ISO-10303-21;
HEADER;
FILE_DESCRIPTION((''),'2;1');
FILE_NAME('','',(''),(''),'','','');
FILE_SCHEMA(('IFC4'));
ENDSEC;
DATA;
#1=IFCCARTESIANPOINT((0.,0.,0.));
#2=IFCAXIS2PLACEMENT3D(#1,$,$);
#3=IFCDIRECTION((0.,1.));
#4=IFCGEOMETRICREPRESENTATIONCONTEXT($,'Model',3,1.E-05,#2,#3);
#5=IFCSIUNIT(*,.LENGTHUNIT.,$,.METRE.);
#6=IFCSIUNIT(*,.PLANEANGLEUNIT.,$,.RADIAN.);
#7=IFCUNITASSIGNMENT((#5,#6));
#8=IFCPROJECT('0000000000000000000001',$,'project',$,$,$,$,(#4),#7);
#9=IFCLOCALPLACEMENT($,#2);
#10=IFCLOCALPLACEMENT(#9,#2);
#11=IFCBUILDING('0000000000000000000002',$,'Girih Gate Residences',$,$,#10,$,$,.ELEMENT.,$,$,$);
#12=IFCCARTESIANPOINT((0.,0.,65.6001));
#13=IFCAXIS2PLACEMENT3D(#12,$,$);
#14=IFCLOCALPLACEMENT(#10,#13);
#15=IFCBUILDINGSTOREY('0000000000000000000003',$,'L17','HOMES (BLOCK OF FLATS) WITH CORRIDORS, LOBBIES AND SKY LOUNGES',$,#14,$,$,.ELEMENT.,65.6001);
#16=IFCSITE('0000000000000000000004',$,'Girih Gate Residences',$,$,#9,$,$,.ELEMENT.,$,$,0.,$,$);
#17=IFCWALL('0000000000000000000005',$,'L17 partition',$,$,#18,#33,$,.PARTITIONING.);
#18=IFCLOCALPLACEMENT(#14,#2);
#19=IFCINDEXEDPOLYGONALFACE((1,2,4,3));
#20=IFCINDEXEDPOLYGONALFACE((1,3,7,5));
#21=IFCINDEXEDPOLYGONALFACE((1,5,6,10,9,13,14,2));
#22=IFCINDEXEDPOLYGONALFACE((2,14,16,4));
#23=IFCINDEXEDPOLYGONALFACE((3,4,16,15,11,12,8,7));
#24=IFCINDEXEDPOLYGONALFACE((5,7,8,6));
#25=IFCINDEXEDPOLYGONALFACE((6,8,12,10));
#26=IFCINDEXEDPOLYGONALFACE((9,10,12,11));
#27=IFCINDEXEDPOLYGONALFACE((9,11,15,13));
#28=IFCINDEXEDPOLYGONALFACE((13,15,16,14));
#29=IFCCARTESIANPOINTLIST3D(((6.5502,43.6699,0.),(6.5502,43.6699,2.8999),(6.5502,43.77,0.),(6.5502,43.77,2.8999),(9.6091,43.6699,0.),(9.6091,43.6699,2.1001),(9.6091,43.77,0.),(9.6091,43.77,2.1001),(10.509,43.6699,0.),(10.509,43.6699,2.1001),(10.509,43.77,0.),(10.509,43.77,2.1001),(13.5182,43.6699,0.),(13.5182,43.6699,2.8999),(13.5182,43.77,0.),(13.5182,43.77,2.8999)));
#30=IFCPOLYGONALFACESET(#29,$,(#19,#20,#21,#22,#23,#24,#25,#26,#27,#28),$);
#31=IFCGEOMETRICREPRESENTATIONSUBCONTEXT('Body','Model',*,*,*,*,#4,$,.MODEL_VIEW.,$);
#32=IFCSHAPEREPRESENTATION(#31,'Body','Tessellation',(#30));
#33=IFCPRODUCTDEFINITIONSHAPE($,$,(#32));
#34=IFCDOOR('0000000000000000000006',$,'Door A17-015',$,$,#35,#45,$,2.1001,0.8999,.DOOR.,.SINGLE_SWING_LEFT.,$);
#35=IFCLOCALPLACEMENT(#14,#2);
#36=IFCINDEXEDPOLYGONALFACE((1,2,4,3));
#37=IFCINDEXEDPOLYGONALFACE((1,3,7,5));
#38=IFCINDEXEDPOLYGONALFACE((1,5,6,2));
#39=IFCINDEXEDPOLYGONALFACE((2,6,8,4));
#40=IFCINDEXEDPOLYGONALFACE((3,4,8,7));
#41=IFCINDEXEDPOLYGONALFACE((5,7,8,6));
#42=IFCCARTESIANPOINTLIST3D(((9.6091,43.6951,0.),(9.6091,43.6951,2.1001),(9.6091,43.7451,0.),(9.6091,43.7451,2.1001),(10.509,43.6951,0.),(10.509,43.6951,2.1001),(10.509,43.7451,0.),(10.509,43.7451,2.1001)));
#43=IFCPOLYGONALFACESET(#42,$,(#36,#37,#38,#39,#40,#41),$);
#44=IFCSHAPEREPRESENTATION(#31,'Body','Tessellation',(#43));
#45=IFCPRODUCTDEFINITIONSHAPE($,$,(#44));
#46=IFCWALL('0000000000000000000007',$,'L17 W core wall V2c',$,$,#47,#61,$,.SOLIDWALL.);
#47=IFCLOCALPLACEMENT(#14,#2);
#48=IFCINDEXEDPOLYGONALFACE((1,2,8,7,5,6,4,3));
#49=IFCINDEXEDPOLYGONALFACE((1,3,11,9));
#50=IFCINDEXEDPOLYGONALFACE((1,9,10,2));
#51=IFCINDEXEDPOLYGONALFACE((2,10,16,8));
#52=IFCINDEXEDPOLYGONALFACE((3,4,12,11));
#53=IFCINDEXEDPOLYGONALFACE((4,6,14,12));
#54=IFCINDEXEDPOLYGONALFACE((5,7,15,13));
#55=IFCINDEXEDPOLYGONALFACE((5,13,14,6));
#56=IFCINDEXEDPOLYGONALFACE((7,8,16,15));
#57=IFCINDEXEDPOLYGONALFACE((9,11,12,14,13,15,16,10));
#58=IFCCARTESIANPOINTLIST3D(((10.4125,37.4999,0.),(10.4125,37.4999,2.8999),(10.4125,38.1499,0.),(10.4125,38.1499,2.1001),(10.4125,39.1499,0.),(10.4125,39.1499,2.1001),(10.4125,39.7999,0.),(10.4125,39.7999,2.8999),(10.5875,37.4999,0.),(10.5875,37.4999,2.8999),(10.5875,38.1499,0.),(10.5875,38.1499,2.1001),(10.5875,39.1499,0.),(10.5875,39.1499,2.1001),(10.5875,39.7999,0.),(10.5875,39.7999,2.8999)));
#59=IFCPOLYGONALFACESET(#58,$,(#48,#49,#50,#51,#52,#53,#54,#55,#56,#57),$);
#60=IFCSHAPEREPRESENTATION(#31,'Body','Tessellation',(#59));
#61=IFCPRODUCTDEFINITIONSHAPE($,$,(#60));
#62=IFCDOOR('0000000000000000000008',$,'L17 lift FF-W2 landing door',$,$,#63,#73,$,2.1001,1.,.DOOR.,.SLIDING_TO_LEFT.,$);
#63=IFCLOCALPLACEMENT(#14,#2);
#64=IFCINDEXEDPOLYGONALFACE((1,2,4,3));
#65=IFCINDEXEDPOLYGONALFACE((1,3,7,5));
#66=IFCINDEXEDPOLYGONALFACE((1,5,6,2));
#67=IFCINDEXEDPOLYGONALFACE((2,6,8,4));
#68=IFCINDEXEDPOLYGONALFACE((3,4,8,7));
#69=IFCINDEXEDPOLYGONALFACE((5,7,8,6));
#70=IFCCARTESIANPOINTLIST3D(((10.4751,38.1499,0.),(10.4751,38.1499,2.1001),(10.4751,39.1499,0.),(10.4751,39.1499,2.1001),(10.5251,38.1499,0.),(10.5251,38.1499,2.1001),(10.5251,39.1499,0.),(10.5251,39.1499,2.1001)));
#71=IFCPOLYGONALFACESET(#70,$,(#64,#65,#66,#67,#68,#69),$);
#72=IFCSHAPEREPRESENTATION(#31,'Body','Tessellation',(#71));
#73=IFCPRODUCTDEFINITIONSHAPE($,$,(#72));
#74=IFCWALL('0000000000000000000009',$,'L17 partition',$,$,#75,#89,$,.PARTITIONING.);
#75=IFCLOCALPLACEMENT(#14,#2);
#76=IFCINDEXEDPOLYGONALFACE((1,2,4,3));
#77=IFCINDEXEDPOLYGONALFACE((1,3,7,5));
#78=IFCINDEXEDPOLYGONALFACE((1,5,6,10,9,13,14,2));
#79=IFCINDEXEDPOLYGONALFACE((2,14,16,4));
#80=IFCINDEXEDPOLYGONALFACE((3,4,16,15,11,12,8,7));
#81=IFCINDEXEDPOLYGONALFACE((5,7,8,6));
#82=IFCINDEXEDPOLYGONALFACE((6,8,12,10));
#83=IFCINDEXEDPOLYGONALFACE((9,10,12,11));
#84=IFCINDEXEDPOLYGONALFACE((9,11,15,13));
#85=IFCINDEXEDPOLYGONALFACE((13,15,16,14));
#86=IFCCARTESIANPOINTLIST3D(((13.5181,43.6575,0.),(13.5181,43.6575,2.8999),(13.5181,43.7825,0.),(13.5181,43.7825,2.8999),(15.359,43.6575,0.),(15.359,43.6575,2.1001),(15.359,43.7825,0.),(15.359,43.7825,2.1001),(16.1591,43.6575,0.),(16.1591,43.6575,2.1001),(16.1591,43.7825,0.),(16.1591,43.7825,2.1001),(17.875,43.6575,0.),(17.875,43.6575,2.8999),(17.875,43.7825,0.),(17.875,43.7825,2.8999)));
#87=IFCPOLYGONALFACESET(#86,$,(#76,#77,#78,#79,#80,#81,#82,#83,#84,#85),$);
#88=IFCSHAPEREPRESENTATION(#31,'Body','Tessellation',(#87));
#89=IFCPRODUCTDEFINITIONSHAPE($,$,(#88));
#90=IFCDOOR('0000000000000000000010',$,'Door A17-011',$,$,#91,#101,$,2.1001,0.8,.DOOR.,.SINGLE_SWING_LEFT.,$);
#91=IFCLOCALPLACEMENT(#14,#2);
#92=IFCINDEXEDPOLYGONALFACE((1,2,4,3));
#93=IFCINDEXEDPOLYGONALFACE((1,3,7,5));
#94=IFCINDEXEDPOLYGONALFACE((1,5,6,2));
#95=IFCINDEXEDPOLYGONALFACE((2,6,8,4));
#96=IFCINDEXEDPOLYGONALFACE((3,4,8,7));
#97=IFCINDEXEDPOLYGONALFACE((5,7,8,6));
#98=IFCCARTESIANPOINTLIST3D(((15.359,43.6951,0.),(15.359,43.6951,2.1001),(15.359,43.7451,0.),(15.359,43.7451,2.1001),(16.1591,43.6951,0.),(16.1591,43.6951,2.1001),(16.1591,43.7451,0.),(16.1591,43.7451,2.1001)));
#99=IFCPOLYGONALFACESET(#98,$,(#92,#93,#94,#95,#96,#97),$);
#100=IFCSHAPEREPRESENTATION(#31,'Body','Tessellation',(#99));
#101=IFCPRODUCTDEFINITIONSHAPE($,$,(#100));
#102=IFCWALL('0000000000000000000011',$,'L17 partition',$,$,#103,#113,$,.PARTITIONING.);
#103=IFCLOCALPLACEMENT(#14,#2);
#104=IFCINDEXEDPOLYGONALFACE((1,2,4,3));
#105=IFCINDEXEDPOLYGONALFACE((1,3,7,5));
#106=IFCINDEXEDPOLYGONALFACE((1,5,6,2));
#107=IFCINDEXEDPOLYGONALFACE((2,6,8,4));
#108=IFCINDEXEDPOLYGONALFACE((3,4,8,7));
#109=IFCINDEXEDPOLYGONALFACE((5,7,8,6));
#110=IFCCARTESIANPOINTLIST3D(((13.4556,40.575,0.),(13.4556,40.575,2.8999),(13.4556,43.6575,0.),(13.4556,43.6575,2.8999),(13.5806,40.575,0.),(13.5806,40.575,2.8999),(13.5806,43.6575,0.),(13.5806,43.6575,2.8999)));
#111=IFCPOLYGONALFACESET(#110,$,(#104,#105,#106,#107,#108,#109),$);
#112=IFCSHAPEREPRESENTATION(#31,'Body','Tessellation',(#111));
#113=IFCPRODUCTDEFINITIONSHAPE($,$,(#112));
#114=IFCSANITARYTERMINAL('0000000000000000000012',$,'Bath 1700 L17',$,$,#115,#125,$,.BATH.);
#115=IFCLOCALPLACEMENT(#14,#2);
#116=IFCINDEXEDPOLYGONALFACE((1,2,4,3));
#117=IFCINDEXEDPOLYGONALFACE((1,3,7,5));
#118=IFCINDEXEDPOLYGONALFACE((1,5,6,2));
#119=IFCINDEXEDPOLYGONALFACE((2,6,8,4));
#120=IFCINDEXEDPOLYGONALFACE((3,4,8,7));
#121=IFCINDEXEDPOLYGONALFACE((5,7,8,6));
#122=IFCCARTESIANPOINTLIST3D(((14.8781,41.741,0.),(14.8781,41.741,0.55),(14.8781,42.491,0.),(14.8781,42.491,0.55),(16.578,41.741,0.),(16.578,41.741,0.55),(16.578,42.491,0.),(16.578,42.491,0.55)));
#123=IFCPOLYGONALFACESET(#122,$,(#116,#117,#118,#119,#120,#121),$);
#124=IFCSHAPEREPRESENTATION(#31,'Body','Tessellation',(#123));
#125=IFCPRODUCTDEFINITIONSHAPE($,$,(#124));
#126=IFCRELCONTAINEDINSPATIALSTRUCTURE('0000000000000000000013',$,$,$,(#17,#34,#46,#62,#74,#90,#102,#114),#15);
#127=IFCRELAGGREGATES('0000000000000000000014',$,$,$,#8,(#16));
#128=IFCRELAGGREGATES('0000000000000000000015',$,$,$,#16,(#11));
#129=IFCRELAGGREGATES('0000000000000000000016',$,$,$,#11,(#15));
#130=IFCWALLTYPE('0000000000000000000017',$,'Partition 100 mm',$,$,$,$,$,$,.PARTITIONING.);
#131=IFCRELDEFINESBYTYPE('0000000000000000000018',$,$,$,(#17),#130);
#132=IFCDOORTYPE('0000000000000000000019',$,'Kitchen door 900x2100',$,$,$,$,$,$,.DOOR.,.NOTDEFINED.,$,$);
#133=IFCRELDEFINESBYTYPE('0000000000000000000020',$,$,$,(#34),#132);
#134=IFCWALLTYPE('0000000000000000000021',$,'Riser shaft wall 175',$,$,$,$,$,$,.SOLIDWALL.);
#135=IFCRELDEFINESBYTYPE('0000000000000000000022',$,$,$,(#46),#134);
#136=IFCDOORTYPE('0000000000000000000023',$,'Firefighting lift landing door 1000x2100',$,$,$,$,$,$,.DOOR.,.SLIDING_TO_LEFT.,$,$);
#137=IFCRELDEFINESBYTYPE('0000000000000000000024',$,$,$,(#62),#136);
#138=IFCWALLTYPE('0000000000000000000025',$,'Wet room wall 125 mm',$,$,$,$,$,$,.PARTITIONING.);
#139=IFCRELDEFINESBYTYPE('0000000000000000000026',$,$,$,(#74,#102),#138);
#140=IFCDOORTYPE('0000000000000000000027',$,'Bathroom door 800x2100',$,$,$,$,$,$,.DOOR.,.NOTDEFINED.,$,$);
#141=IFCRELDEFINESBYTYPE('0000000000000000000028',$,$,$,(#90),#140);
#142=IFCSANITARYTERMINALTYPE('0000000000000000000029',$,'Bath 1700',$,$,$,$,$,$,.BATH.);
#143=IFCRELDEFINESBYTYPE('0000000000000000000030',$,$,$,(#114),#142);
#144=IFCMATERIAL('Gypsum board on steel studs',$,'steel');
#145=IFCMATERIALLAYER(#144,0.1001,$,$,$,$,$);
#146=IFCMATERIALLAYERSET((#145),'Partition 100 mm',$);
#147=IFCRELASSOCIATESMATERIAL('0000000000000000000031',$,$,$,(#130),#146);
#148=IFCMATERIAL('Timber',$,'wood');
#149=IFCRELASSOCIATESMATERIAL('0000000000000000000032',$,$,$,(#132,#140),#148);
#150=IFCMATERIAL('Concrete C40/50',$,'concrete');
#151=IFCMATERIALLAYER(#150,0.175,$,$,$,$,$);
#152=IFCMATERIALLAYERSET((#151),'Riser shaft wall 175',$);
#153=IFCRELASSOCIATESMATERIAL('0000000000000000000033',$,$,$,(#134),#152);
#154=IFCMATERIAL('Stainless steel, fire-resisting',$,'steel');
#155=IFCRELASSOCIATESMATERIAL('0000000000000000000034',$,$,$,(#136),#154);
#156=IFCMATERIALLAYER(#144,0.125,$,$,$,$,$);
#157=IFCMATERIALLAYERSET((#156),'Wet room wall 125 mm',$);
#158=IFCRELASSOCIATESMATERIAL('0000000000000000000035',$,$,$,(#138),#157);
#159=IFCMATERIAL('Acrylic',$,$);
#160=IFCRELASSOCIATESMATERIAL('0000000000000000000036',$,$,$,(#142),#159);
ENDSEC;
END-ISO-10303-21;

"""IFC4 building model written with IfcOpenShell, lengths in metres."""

from ifc_helpers import new_model, si_unit, direction, frame, frame_2d, origin, origin_2d, place, context, subcontext, project, spatial, rectangle, extrude, material, layer, layer_set, type_object, element, fill, save


model = new_model("IFC4")

# Units and contexts
model_context = context("Model", 3, precision=1e-05, world=origin(), true_north=direction((0.0, 1.0)))
body_context = subcontext(model_context, "Body", "Model", "MODEL_VIEW")
ifc_project = project(units=[si_unit("LENGTHUNIT", "METRE"), si_unit("PLANEANGLEUNIT", "RADIAN")], contexts=[model_context])

# Site, building, storey
site_placement = place(None, origin())
site = spatial("IfcSite", under=ifc_project, at=site_placement, Name="Girih Gate Residences", CompositionType="ELEMENT", RefElevation=0.0)
building_placement = place(site_placement, origin())
building = spatial("IfcBuilding", under=site, at=building_placement, Name="Girih Gate Residences", CompositionType="ELEMENT")
storey_placement = place(building_placement, frame((0.0, 0.0, 65.6001)))
storey = spatial("IfcBuildingStorey", under=building, at=storey_placement, Name="L17", Description="HOMES (BLOCK OF FLATS) WITH CORRIDORS, LOBBIES AND SKY LOUNGES", CompositionType="ELEMENT", Elevation=65.6001)

# Shared definitions
ifc_material_1 = material(Name="Gypsum board on steel studs", Category="steel")

# Walls, openings, doors
ifc_layer_1 = layer(ifc_material_1, 0.1001)
ifc_layer_set_1 = layer_set([ifc_layer_1], Name="Partition 100 mm")
wall_type_1 = type_object("IfcWallType", Name="Partition 100 mm", PredefinedType="PARTITIONING", material=ifc_layer_set_1)
ifc_material_2 = material(Name="Timber", Category="wood")
wall_1_placement = place(storey_placement, frame((13.5181, 43.72, 0.0), z_axis=(0.0, 0.0, 1.0), x_axis=(-1.0, 0.0, 0.0)))
wall_1 = element("IfcWall", 1, at=wall_1_placement, inside=storey, type_object=wall_type_1, Name="L17 partition", PredefinedType="PARTITIONING", context=body_context, shape_type="SweptSolid", body=[
    extrude(rectangle(XDim=6.968, YDim=0.1001, at=frame_2d((3.4839, 0.0))), origin(), (0.0, 0.0, 1.0), 2.8999),
])
opening_1_placement = place(wall_1_placement, frame((3.009, 0.0, 0.0)))
opening_1 = element("IfcOpeningElement", 2, at=opening_1_placement, cuts=wall_1, PredefinedType="OPENING", context=body_context, shape_type="SweptSolid", body=[
    extrude(rectangle(XDim=0.8999, YDim=2.1001, at=frame_2d((0.45, 1.05))), frame((0.0, 0.0601, 0.0), z_axis=(0.0, -1.0, 0.0), x_axis=(1.0, 0.0, 0.0)), (0.0, 0.0, 1.0), 0.1201),
])
door_type_1 = type_object("IfcDoorType", Name="Kitchen door 900x2100", OperationType="NOTDEFINED", PredefinedType="DOOR", material=ifc_material_2)
door_1_placement = place(opening_1_placement, origin())
door_1 = element("IfcDoor", 3, at=door_1_placement, inside=storey, type_object=door_type_1, Name="Door A17-015", OperationType="SINGLE_SWING_LEFT", OverallHeight=2.1001, OverallWidth=0.8999, PredefinedType="DOOR", context=body_context, shape_type="SweptSolid", body=[
    extrude(rectangle(XDim=0.8999, YDim=2.1001, at=frame_2d((0.45, 1.05))), frame((0.0, 0.0249, 0.0), z_axis=(0.0, -1.0, 0.0), x_axis=(1.0, 0.0, 0.0)), (0.0, 0.0, 1.0), 0.05),
])
fill(opening_1, door_1)
ifc_material_3 = material(Name="Concrete C40/50", Category="concrete")
ifc_layer_2 = layer(ifc_material_3, 0.175)
ifc_layer_set_2 = layer_set([ifc_layer_2], Name="Riser shaft wall 175")
wall_type_2 = type_object("IfcWallType", Name="Riser shaft wall 175", PredefinedType="SOLIDWALL", material=ifc_layer_set_2)
wall_2_placement = place(storey_placement, frame((10.5, 37.5, 0.0), z_axis=(0.0, 0.0, 1.0), x_axis=(0.0, 1.0, 0.0)))
wall_2 = element("IfcWall", 4, at=wall_2_placement, inside=storey, type_object=wall_type_2, Name="L17 W core wall V2c", PredefinedType="SOLIDWALL", context=body_context, shape_type="SweptSolid", body=[
    extrude(rectangle(XDim=2.3, YDim=0.175, at=frame_2d((1.1499, 0.0))), origin(), (0.0, 0.0, 1.0), 2.8999),
])
opening_2_placement = place(wall_2_placement, frame((0.6499, 0.0, 0.0)))
opening_2 = element("IfcOpeningElement", 5, at=opening_2_placement, cuts=wall_2, PredefinedType="OPENING", context=body_context, shape_type="SweptSolid", body=[
    extrude(rectangle(XDim=1.0, YDim=2.1001, at=frame_2d((0.5, 1.05))), frame((0.0, 0.0974, 0.0), z_axis=(0.0, -1.0, 0.0), x_axis=(1.0, 0.0, 0.0)), (0.0, 0.0, 1.0), 0.1951),
])
ifc_material_4 = material(Name="Stainless steel, fire-resisting", Category="steel")
door_type_2 = type_object("IfcDoorType", Name="Firefighting lift landing door 1000x2100", OperationType="SLIDING_TO_LEFT", PredefinedType="DOOR", material=ifc_material_4)
door_2_placement = place(opening_2_placement, origin())
door_2 = element("IfcDoor", 6, at=door_2_placement, inside=storey, type_object=door_type_2, Name="L17 lift FF-W2 landing door", OperationType="SLIDING_TO_LEFT", OverallHeight=2.1001, OverallWidth=1.0, PredefinedType="DOOR", context=body_context, shape_type="SweptSolid", body=[
    extrude(rectangle(XDim=1.0, YDim=2.1001, at=frame_2d((0.5, 1.05))), frame((0.0, 0.0249, 0.0), z_axis=(0.0, -1.0, 0.0), x_axis=(1.0, 0.0, 0.0)), (0.0, 0.0, 1.0), 0.05),
])
fill(opening_2, door_2)
ifc_layer_3 = layer(ifc_material_1, 0.125)
ifc_layer_set_3 = layer_set([ifc_layer_3], Name="Wet room wall 125 mm")
wall_type_3 = type_object("IfcWallType", Name="Wet room wall 125 mm", PredefinedType="PARTITIONING", material=ifc_layer_set_3)
wall_3_placement = place(storey_placement, frame((17.875, 43.72, 0.0), z_axis=(0.0, 0.0, 1.0), x_axis=(-1.0, 0.0, 0.0)))
wall_3 = element("IfcWall", 7, at=wall_3_placement, inside=storey, type_object=wall_type_3, Name="L17 partition", PredefinedType="PARTITIONING", context=body_context, shape_type="SweptSolid", body=[
    extrude(rectangle(XDim=4.3569, YDim=0.125, at=frame_2d((2.1785, 0.0))), origin(), (0.0, 0.0, 1.0), 2.8999),
])
opening_3_placement = place(wall_3_placement, frame((1.7161, 0.0, 0.0)))
opening_3 = element("IfcOpeningElement", 8, at=opening_3_placement, cuts=wall_3, PredefinedType="OPENING", context=body_context, shape_type="SweptSolid", body=[
    extrude(rectangle(XDim=0.8, YDim=2.1001, at=frame_2d((0.3999, 1.05))), frame((0.0, 0.0725, 0.0), z_axis=(0.0, -1.0, 0.0), x_axis=(1.0, 0.0, 0.0)), (0.0, 0.0, 1.0), 0.145),
])
door_type_3 = type_object("IfcDoorType", Name="Bathroom door 800x2100", OperationType="NOTDEFINED", PredefinedType="DOOR", material=ifc_material_2)
door_3_placement = place(opening_3_placement, origin())
door_3 = element("IfcDoor", 9, at=door_3_placement, inside=storey, type_object=door_type_3, Name="Door A17-011", OperationType="SINGLE_SWING_LEFT", OverallHeight=2.1001, OverallWidth=0.8, PredefinedType="DOOR", context=body_context, shape_type="SweptSolid", body=[
    extrude(rectangle(XDim=0.8, YDim=2.1001, at=frame_2d((0.3999, 1.05))), frame((0.0, 0.0249, 0.0), z_axis=(0.0, -1.0, 0.0), x_axis=(1.0, 0.0, 0.0)), (0.0, 0.0, 1.0), 0.05),
])
fill(opening_3, door_3)

# Wall
wall_4_placement = place(storey_placement, frame((13.5181, 40.575, 0.0), z_axis=(0.0, 0.0, 1.0), x_axis=(0.0, 1.0, 0.0)))
element("IfcWall", 10, at=wall_4_placement, inside=storey, type_object=wall_type_3, Name="L17 partition", PredefinedType="PARTITIONING", context=body_context, shape_type="SweptSolid", body=[
    extrude(rectangle(XDim=3.0825, YDim=0.125, at=frame_2d((1.5413, 0.0))), origin(), (0.0, 0.0, 1.0), 2.8999),
])

# Sanitary terminal
ifc_material_5 = material(Name="Acrylic")
sanitary_terminal_type = type_object("IfcSanitaryTerminalType", Name="Bath 1700", PredefinedType="BATH", material=ifc_material_5)
sanitary_terminal_placement = place(storey_placement, frame((15.728, 42.116, 0.0), z_axis=(0.0, 0.0, 1.0), x_axis=(1.0, 0.0, 0.0)))
element("IfcSanitaryTerminal", 11, at=sanitary_terminal_placement, inside=storey, type_object=sanitary_terminal_type, Name="Bath 1700 L17", PredefinedType="BATH", context=body_context, shape_type="SweptSolid", body=[
    extrude(rectangle(XDim=1.7, YDim=0.75, at=origin_2d()), origin(), (0.0, 0.0, 1.0), 0.55),
])

save(model, "model.ifc")
